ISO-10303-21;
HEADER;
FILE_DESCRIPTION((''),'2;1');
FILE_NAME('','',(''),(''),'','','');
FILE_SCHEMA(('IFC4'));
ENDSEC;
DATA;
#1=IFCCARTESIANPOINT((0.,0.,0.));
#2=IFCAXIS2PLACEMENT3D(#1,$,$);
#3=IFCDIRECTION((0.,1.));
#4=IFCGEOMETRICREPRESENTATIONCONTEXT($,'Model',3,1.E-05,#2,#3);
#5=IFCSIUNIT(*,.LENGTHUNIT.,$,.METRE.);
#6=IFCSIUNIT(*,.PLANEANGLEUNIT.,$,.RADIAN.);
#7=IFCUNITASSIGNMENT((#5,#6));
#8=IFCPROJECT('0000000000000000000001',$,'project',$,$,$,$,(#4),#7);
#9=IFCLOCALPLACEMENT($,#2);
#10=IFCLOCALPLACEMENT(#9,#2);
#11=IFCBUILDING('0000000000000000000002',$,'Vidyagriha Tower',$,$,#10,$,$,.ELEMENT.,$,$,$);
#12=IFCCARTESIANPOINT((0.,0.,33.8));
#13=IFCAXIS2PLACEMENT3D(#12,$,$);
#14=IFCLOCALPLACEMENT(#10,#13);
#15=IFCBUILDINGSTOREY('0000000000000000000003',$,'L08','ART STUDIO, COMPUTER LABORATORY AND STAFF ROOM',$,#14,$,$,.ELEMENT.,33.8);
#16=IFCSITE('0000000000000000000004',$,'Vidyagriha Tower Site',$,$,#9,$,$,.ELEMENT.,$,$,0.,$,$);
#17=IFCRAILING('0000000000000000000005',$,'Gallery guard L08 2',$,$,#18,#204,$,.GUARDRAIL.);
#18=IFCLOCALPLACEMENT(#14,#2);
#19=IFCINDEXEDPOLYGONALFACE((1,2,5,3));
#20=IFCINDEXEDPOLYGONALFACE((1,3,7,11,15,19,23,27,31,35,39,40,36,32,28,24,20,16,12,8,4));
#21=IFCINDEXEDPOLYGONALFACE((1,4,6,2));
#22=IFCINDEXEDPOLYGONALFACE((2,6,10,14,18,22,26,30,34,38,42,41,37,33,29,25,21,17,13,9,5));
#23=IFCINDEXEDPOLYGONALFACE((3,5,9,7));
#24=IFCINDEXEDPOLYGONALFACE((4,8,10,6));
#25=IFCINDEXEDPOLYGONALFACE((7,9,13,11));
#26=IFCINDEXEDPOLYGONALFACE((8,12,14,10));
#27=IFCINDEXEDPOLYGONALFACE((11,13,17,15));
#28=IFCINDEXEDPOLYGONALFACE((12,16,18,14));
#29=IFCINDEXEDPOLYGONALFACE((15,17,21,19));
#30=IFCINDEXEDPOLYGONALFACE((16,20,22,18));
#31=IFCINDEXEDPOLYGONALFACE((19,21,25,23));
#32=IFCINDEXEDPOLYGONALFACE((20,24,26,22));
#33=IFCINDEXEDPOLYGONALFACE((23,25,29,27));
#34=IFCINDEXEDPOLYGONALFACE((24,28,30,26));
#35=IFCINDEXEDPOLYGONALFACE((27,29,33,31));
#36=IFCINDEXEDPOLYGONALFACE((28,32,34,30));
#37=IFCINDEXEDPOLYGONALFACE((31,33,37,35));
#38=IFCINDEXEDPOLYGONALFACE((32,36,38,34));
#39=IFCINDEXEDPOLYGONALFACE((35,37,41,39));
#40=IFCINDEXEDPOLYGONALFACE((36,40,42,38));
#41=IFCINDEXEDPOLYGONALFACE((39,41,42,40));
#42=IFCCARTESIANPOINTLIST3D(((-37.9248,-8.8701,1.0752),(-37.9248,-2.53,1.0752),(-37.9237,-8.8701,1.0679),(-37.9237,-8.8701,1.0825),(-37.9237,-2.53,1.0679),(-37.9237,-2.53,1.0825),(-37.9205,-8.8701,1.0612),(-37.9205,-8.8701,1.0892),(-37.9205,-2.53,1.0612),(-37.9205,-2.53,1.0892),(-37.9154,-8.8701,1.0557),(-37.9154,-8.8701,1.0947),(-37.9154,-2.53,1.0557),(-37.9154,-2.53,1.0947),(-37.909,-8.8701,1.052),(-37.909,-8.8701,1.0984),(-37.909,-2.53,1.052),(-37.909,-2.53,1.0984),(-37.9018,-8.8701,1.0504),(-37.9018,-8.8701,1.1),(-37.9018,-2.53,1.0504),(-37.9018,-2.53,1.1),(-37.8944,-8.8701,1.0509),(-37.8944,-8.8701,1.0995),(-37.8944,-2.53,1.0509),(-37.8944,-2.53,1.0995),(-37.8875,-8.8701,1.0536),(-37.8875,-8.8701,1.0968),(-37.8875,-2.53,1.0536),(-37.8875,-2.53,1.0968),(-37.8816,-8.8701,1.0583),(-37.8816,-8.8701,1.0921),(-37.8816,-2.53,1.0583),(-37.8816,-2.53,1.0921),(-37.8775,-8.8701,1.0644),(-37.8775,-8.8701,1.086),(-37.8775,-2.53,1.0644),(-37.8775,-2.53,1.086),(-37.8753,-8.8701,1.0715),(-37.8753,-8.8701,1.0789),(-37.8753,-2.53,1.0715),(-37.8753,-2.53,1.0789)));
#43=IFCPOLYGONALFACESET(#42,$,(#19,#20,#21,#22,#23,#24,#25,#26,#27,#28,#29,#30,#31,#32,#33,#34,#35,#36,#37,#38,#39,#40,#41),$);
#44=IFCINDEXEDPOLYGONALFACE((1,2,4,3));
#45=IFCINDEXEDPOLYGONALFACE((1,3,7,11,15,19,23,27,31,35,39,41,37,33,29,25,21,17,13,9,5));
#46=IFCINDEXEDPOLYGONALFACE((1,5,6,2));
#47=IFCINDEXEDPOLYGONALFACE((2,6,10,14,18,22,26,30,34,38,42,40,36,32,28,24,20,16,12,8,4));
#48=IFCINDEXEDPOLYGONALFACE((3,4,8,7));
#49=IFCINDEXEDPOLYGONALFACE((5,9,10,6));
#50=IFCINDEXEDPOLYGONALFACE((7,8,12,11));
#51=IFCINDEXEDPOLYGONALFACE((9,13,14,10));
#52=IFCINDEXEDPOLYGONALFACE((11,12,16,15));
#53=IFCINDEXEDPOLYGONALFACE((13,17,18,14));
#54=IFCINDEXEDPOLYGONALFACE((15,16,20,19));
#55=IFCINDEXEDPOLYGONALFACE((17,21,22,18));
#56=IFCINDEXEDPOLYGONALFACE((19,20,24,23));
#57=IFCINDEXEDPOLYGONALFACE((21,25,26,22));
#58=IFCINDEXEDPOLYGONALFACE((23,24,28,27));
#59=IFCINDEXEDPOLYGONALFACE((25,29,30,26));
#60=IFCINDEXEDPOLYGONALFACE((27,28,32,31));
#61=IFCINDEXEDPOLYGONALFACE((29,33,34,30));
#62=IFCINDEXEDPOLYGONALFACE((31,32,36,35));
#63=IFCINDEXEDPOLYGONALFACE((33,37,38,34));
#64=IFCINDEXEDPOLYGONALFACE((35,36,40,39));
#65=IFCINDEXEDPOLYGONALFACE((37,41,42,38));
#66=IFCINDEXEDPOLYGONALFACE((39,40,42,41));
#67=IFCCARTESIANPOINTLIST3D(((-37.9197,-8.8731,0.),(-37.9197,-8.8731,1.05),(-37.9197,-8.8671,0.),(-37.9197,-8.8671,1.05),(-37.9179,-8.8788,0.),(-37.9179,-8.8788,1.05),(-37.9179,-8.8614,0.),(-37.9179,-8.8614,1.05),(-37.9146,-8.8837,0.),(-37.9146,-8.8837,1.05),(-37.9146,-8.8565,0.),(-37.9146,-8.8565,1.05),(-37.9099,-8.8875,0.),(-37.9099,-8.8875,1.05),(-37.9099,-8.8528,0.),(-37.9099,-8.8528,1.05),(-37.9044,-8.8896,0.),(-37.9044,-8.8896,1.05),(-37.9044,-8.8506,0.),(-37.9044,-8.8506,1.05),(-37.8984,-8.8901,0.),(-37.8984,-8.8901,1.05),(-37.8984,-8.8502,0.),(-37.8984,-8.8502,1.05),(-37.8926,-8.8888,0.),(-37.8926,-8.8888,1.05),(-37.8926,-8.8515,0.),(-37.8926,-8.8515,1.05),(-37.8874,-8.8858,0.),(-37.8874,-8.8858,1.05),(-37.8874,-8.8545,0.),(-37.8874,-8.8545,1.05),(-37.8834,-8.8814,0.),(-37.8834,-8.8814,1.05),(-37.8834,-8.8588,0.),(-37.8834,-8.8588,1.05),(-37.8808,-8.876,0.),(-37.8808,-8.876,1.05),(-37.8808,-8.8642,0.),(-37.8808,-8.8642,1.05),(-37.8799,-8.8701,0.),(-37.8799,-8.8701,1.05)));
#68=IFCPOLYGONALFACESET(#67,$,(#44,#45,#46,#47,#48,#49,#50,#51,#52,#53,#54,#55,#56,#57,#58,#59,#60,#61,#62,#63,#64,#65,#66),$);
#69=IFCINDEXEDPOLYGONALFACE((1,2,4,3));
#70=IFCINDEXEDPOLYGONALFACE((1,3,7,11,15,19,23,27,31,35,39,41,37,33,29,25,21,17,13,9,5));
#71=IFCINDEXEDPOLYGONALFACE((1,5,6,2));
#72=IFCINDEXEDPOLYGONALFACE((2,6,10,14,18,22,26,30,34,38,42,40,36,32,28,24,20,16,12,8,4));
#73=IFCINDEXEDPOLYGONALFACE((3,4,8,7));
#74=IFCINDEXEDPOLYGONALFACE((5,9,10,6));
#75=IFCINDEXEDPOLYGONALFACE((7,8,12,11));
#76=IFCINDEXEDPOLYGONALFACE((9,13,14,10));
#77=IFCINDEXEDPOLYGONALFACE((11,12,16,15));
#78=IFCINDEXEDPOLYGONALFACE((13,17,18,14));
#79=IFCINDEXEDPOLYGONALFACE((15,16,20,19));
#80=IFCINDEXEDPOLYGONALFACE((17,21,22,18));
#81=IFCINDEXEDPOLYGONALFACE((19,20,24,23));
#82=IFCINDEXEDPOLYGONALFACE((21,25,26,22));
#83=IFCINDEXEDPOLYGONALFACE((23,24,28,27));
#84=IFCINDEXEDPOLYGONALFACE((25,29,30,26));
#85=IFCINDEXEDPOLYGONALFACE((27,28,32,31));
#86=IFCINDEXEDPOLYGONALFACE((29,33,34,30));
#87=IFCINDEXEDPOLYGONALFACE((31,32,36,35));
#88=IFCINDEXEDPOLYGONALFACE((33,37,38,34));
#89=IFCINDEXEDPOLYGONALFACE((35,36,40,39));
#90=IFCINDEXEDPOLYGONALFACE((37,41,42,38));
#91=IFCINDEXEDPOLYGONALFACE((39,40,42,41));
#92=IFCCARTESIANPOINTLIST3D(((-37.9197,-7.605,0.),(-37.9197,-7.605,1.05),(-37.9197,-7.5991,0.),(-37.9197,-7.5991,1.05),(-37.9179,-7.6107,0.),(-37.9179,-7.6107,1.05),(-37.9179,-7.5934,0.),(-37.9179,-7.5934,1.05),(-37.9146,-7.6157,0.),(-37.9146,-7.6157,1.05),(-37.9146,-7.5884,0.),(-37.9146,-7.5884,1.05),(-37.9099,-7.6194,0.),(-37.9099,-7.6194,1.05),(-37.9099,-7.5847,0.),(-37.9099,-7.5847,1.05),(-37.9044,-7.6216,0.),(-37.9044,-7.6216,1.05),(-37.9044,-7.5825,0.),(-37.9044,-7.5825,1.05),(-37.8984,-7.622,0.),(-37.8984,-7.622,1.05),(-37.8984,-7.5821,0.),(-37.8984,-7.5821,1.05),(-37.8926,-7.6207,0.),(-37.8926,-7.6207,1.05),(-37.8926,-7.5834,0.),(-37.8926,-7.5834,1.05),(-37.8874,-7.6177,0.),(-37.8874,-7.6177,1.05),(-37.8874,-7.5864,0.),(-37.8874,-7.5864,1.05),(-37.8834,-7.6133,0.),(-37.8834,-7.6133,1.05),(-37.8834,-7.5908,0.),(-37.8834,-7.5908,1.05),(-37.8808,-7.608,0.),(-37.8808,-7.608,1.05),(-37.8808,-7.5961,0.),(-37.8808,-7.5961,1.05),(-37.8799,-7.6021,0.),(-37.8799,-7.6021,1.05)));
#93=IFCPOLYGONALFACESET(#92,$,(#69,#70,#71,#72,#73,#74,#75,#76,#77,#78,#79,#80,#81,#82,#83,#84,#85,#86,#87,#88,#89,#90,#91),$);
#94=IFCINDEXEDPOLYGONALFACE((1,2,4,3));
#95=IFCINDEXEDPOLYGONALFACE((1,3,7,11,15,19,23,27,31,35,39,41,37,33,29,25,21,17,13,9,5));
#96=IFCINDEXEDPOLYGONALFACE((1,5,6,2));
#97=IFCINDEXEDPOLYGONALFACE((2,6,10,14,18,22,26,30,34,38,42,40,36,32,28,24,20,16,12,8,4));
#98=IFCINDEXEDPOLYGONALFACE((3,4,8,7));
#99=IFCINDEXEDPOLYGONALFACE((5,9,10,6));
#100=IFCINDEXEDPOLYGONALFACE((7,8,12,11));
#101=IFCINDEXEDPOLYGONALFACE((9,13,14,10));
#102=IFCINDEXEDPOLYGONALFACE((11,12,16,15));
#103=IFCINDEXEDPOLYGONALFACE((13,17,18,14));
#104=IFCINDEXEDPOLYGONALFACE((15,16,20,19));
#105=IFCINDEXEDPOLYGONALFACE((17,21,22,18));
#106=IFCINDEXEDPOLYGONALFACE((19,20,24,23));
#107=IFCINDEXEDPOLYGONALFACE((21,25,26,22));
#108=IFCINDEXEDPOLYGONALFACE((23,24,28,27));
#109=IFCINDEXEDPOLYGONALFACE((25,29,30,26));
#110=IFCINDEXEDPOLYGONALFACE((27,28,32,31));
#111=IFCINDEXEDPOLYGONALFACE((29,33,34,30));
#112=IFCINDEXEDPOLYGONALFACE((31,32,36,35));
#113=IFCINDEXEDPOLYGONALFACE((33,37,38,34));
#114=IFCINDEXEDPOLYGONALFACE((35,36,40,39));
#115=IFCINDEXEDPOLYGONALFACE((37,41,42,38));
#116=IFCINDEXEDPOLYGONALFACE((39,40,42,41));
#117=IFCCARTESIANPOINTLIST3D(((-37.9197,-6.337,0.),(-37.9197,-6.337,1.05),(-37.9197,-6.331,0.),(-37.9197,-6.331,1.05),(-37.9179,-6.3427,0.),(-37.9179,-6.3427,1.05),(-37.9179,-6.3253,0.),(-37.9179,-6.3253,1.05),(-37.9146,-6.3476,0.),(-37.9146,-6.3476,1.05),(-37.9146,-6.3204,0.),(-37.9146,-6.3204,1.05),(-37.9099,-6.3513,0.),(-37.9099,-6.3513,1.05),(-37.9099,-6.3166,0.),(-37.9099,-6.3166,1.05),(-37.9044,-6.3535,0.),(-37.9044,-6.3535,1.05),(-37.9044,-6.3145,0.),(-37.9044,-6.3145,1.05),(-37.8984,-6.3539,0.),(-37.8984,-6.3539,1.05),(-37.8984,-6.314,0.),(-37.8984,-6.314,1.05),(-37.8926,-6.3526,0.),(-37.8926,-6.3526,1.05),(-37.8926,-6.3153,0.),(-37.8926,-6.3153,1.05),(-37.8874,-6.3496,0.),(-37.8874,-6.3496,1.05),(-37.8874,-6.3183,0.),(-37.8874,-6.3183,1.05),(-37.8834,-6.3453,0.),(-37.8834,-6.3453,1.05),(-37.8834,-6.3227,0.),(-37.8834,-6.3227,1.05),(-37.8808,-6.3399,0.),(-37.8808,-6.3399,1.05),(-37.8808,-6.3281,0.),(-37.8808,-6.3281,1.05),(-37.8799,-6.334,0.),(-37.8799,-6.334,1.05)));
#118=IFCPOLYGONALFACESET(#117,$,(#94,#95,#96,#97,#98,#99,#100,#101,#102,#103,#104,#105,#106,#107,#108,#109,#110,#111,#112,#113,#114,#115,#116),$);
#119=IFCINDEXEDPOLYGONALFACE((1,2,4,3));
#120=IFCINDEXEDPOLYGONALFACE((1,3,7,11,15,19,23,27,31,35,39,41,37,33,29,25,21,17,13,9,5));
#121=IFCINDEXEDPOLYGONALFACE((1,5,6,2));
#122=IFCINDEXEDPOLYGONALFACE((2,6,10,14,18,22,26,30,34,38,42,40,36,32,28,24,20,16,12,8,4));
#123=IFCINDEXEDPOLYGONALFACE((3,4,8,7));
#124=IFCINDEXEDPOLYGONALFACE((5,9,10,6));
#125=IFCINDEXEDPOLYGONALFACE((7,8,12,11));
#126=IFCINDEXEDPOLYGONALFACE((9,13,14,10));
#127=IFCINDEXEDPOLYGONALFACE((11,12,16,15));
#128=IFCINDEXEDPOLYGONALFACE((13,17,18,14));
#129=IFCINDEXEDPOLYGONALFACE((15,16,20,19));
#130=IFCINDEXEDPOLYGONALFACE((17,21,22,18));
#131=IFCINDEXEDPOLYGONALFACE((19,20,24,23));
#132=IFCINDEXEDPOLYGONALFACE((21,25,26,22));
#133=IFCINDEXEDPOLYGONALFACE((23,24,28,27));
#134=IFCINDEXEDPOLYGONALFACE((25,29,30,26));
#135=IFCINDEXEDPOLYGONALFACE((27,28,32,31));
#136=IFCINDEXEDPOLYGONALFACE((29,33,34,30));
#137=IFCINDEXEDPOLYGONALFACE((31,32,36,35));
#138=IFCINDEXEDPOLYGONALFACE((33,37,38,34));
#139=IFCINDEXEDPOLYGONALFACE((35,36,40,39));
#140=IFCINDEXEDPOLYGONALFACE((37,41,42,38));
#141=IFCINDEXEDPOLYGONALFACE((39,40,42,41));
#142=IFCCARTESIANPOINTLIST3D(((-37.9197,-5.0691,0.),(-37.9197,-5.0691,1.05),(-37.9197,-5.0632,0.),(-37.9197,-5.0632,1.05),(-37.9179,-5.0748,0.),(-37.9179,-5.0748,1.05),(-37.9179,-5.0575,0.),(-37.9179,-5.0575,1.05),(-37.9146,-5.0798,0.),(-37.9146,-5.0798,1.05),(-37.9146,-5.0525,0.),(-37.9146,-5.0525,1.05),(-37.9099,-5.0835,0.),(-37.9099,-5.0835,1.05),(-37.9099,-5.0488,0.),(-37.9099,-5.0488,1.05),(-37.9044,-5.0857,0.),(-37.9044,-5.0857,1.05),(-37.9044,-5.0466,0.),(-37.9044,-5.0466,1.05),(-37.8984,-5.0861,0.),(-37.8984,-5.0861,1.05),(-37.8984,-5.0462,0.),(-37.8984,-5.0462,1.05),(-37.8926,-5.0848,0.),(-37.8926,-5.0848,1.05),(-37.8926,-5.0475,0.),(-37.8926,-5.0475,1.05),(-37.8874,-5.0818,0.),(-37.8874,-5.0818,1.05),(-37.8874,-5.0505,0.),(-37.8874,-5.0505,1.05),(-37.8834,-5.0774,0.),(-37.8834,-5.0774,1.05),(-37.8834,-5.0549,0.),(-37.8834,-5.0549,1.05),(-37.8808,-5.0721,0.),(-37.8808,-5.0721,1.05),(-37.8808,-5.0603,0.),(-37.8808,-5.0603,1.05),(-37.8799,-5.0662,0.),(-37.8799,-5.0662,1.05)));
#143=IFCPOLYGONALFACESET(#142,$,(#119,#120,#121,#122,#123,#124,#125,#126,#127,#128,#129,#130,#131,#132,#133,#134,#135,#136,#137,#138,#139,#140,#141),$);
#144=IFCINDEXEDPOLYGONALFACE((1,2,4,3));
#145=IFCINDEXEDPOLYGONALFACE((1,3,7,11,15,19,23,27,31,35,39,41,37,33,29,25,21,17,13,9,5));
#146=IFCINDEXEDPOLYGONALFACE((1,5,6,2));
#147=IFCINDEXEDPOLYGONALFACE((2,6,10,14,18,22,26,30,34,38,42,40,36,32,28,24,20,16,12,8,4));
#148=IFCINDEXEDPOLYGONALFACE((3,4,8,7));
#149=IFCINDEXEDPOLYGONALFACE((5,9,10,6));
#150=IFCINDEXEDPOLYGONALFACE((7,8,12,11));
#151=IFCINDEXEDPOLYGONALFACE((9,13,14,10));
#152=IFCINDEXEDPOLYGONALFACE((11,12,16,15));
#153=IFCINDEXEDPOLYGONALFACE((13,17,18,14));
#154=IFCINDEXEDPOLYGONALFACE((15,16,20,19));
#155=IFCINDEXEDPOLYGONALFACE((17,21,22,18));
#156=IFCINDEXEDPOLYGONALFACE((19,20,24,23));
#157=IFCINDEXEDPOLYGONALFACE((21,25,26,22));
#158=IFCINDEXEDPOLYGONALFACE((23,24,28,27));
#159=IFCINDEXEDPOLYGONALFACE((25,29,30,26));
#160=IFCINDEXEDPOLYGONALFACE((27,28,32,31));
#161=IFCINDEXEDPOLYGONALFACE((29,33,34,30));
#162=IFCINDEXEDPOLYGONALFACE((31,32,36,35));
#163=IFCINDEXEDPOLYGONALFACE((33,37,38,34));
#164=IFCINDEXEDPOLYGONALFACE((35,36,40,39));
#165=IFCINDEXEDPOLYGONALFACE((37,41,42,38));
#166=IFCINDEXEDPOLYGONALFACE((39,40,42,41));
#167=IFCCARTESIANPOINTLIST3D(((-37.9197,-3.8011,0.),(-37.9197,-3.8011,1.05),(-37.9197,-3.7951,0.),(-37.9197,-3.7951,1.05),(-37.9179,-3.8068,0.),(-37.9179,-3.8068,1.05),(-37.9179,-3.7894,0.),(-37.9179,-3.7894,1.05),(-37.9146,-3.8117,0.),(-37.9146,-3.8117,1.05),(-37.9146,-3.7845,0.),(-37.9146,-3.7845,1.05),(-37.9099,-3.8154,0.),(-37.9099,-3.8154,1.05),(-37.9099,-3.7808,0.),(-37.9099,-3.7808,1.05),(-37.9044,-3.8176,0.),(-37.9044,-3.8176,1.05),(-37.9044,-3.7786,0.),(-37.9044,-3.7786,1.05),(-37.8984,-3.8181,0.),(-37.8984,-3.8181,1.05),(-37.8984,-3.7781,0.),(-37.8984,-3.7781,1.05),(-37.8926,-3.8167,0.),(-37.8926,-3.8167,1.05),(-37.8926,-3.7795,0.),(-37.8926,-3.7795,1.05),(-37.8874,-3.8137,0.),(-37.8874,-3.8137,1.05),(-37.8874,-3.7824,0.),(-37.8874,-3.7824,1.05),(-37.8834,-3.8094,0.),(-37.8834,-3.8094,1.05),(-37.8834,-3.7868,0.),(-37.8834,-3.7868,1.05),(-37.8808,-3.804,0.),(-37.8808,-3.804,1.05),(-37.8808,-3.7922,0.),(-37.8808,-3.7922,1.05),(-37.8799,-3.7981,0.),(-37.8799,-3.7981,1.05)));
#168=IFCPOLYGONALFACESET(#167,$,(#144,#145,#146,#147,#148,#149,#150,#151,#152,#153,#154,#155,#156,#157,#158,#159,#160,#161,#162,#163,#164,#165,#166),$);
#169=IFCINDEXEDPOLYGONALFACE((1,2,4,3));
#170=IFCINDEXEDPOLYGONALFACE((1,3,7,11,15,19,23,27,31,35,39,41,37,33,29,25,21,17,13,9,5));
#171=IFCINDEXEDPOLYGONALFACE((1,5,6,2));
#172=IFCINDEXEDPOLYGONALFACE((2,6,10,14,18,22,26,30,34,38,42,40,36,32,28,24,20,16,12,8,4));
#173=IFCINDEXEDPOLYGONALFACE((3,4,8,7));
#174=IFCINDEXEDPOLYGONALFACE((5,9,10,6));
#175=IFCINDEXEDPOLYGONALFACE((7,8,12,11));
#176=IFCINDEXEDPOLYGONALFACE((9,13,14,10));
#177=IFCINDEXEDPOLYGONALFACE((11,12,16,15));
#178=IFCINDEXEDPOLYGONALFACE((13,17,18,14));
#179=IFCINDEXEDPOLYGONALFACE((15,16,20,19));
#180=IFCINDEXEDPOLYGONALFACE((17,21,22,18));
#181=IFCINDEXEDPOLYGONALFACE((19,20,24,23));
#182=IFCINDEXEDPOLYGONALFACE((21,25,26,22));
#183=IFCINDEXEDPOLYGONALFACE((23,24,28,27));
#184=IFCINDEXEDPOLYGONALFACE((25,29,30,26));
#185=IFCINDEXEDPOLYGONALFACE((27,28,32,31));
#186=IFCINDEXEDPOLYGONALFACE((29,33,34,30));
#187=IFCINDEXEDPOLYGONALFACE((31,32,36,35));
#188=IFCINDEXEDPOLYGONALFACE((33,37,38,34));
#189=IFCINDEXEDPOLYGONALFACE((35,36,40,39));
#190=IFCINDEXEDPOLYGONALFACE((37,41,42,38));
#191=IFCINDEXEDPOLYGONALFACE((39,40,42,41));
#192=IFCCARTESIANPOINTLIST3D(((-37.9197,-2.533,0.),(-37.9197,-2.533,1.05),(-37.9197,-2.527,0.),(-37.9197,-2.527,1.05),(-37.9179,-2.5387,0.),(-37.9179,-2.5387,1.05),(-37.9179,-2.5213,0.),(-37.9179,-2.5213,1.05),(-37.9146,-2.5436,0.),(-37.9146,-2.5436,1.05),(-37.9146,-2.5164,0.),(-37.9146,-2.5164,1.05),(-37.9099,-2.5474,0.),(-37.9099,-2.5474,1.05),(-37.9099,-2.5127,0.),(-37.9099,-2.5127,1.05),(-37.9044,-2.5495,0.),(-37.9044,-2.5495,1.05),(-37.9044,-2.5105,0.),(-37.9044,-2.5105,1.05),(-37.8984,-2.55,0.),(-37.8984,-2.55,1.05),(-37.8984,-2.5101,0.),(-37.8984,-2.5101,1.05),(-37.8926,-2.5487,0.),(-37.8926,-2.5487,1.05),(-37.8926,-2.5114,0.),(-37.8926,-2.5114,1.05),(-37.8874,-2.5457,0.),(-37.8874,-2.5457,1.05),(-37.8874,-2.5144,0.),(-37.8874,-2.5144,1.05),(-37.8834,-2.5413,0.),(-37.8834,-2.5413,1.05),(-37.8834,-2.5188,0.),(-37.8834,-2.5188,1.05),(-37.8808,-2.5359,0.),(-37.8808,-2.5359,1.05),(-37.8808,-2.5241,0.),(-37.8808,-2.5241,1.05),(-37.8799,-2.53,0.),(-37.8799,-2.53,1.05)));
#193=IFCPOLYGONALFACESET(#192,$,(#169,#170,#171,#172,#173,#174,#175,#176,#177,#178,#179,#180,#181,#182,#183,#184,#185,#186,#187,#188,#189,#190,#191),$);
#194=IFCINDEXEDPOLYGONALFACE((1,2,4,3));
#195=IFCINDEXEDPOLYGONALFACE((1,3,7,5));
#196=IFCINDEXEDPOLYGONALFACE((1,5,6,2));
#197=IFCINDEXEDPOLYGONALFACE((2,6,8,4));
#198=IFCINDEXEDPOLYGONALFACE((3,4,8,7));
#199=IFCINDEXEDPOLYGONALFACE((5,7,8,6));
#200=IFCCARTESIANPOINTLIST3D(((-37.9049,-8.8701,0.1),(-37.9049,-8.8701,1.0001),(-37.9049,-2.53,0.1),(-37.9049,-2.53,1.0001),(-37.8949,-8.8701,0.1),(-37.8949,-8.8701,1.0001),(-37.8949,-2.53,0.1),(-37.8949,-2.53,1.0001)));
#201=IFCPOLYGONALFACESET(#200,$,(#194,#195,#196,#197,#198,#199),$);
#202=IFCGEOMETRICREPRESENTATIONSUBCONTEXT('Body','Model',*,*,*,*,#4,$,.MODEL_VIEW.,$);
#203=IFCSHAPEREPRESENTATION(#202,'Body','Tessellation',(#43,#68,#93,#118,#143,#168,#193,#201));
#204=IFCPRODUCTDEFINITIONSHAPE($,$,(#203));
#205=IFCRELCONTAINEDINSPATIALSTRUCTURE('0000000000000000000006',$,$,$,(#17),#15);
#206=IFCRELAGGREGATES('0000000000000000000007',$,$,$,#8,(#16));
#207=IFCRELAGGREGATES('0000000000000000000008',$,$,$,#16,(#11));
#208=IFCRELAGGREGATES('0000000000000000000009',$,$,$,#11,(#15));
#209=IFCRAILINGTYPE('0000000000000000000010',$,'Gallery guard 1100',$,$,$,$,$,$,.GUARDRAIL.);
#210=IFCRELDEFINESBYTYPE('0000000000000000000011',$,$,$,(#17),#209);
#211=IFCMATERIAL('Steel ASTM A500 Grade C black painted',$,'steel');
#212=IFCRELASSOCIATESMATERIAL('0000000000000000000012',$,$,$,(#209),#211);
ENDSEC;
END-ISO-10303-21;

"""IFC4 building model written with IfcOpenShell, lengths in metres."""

from ifc_helpers import new_model, si_unit, direction, frame, origin, origin_2d, place, context, subcontext, project, spatial, rectangle, circle, extrude, material, type_object, element, save


model = new_model("IFC4")

# Units and contexts
model_context = context("Model", 3, precision=1e-05, world=origin(), true_north=direction((0.0, 1.0)))
body_context = subcontext(model_context, "Body", "Model", "MODEL_VIEW")
ifc_project = project(units=[si_unit("LENGTHUNIT", "METRE"), si_unit("PLANEANGLEUNIT", "RADIAN")], contexts=[model_context])

# Site, building, storey
site_placement = place(None, origin())
site = spatial("IfcSite", under=ifc_project, at=site_placement, Name="Vidyagriha Tower Site", CompositionType="ELEMENT", RefElevation=0.0)
building_placement = place(site_placement, origin())
building = spatial("IfcBuilding", under=site, at=building_placement, Name="Vidyagriha Tower", CompositionType="ELEMENT")
storey_placement = place(building_placement, frame((0.0, 0.0, 33.8)))
storey = spatial("IfcBuildingStorey", under=building, at=storey_placement, Name="L08", Description="ART STUDIO, COMPUTER LABORATORY AND STAFF ROOM", CompositionType="ELEMENT", Elevation=33.8)

# Railing
ifc_material_1 = material(Name="Steel ASTM A500 Grade C black painted", Category="steel")
railing_type = type_object("IfcRailingType", Name="Gallery guard 1100", PredefinedType="GUARDRAIL", material=ifc_material_1)
railing_1_placement = place(storey_placement, frame((-37.8999, -8.8701, 0.0)))
element("IfcRailing", 1, at=railing_1_placement, inside=storey, type_object=railing_type, Name="Gallery guard L08 2", PredefinedType="GUARDRAIL", context=body_context, shape_type="SweptSolid", body=[
    extrude(circle(Radius=0.0249, at=origin_2d()), frame((0.0, 0.0, 1.0752), z_axis=(0.0, 1.0, 0.0), x_axis=(-1.0, 0.0, 0.0)), (0.0, 0.0, 1.0), 6.3401),
    extrude(circle(Radius=0.02, at=origin_2d()), origin(), (0.0, 0.0, 1.0), 1.05),
    extrude(circle(Radius=0.02, at=origin_2d()), frame((0.0, 1.2681, 0.0)), (0.0, 0.0, 1.0), 1.05),
    extrude(circle(Radius=0.02, at=origin_2d()), frame((0.0, 2.5361, 0.0)), (0.0, 0.0, 1.0), 1.05),
    extrude(circle(Radius=0.02, at=origin_2d()), frame((0.0, 3.804, 0.0)), (0.0, 0.0, 1.0), 1.05),
    extrude(circle(Radius=0.02, at=origin_2d()), frame((0.0, 5.072, 0.0)), (0.0, 0.0, 1.0), 1.05),
    extrude(circle(Radius=0.02, at=origin_2d()), frame((0.0, 6.3401, 0.0)), (0.0, 0.0, 1.0), 1.05),
    extrude(rectangle(XDim=0.01, YDim=0.9001, at=origin_2d()), frame((0.0, 0.0, 0.55), z_axis=(0.0, 1.0, 0.0), x_axis=(-1.0, 0.0, 0.0)), (0.0, 0.0, 1.0), 6.3401),
])

save(model, "model.ifc")
